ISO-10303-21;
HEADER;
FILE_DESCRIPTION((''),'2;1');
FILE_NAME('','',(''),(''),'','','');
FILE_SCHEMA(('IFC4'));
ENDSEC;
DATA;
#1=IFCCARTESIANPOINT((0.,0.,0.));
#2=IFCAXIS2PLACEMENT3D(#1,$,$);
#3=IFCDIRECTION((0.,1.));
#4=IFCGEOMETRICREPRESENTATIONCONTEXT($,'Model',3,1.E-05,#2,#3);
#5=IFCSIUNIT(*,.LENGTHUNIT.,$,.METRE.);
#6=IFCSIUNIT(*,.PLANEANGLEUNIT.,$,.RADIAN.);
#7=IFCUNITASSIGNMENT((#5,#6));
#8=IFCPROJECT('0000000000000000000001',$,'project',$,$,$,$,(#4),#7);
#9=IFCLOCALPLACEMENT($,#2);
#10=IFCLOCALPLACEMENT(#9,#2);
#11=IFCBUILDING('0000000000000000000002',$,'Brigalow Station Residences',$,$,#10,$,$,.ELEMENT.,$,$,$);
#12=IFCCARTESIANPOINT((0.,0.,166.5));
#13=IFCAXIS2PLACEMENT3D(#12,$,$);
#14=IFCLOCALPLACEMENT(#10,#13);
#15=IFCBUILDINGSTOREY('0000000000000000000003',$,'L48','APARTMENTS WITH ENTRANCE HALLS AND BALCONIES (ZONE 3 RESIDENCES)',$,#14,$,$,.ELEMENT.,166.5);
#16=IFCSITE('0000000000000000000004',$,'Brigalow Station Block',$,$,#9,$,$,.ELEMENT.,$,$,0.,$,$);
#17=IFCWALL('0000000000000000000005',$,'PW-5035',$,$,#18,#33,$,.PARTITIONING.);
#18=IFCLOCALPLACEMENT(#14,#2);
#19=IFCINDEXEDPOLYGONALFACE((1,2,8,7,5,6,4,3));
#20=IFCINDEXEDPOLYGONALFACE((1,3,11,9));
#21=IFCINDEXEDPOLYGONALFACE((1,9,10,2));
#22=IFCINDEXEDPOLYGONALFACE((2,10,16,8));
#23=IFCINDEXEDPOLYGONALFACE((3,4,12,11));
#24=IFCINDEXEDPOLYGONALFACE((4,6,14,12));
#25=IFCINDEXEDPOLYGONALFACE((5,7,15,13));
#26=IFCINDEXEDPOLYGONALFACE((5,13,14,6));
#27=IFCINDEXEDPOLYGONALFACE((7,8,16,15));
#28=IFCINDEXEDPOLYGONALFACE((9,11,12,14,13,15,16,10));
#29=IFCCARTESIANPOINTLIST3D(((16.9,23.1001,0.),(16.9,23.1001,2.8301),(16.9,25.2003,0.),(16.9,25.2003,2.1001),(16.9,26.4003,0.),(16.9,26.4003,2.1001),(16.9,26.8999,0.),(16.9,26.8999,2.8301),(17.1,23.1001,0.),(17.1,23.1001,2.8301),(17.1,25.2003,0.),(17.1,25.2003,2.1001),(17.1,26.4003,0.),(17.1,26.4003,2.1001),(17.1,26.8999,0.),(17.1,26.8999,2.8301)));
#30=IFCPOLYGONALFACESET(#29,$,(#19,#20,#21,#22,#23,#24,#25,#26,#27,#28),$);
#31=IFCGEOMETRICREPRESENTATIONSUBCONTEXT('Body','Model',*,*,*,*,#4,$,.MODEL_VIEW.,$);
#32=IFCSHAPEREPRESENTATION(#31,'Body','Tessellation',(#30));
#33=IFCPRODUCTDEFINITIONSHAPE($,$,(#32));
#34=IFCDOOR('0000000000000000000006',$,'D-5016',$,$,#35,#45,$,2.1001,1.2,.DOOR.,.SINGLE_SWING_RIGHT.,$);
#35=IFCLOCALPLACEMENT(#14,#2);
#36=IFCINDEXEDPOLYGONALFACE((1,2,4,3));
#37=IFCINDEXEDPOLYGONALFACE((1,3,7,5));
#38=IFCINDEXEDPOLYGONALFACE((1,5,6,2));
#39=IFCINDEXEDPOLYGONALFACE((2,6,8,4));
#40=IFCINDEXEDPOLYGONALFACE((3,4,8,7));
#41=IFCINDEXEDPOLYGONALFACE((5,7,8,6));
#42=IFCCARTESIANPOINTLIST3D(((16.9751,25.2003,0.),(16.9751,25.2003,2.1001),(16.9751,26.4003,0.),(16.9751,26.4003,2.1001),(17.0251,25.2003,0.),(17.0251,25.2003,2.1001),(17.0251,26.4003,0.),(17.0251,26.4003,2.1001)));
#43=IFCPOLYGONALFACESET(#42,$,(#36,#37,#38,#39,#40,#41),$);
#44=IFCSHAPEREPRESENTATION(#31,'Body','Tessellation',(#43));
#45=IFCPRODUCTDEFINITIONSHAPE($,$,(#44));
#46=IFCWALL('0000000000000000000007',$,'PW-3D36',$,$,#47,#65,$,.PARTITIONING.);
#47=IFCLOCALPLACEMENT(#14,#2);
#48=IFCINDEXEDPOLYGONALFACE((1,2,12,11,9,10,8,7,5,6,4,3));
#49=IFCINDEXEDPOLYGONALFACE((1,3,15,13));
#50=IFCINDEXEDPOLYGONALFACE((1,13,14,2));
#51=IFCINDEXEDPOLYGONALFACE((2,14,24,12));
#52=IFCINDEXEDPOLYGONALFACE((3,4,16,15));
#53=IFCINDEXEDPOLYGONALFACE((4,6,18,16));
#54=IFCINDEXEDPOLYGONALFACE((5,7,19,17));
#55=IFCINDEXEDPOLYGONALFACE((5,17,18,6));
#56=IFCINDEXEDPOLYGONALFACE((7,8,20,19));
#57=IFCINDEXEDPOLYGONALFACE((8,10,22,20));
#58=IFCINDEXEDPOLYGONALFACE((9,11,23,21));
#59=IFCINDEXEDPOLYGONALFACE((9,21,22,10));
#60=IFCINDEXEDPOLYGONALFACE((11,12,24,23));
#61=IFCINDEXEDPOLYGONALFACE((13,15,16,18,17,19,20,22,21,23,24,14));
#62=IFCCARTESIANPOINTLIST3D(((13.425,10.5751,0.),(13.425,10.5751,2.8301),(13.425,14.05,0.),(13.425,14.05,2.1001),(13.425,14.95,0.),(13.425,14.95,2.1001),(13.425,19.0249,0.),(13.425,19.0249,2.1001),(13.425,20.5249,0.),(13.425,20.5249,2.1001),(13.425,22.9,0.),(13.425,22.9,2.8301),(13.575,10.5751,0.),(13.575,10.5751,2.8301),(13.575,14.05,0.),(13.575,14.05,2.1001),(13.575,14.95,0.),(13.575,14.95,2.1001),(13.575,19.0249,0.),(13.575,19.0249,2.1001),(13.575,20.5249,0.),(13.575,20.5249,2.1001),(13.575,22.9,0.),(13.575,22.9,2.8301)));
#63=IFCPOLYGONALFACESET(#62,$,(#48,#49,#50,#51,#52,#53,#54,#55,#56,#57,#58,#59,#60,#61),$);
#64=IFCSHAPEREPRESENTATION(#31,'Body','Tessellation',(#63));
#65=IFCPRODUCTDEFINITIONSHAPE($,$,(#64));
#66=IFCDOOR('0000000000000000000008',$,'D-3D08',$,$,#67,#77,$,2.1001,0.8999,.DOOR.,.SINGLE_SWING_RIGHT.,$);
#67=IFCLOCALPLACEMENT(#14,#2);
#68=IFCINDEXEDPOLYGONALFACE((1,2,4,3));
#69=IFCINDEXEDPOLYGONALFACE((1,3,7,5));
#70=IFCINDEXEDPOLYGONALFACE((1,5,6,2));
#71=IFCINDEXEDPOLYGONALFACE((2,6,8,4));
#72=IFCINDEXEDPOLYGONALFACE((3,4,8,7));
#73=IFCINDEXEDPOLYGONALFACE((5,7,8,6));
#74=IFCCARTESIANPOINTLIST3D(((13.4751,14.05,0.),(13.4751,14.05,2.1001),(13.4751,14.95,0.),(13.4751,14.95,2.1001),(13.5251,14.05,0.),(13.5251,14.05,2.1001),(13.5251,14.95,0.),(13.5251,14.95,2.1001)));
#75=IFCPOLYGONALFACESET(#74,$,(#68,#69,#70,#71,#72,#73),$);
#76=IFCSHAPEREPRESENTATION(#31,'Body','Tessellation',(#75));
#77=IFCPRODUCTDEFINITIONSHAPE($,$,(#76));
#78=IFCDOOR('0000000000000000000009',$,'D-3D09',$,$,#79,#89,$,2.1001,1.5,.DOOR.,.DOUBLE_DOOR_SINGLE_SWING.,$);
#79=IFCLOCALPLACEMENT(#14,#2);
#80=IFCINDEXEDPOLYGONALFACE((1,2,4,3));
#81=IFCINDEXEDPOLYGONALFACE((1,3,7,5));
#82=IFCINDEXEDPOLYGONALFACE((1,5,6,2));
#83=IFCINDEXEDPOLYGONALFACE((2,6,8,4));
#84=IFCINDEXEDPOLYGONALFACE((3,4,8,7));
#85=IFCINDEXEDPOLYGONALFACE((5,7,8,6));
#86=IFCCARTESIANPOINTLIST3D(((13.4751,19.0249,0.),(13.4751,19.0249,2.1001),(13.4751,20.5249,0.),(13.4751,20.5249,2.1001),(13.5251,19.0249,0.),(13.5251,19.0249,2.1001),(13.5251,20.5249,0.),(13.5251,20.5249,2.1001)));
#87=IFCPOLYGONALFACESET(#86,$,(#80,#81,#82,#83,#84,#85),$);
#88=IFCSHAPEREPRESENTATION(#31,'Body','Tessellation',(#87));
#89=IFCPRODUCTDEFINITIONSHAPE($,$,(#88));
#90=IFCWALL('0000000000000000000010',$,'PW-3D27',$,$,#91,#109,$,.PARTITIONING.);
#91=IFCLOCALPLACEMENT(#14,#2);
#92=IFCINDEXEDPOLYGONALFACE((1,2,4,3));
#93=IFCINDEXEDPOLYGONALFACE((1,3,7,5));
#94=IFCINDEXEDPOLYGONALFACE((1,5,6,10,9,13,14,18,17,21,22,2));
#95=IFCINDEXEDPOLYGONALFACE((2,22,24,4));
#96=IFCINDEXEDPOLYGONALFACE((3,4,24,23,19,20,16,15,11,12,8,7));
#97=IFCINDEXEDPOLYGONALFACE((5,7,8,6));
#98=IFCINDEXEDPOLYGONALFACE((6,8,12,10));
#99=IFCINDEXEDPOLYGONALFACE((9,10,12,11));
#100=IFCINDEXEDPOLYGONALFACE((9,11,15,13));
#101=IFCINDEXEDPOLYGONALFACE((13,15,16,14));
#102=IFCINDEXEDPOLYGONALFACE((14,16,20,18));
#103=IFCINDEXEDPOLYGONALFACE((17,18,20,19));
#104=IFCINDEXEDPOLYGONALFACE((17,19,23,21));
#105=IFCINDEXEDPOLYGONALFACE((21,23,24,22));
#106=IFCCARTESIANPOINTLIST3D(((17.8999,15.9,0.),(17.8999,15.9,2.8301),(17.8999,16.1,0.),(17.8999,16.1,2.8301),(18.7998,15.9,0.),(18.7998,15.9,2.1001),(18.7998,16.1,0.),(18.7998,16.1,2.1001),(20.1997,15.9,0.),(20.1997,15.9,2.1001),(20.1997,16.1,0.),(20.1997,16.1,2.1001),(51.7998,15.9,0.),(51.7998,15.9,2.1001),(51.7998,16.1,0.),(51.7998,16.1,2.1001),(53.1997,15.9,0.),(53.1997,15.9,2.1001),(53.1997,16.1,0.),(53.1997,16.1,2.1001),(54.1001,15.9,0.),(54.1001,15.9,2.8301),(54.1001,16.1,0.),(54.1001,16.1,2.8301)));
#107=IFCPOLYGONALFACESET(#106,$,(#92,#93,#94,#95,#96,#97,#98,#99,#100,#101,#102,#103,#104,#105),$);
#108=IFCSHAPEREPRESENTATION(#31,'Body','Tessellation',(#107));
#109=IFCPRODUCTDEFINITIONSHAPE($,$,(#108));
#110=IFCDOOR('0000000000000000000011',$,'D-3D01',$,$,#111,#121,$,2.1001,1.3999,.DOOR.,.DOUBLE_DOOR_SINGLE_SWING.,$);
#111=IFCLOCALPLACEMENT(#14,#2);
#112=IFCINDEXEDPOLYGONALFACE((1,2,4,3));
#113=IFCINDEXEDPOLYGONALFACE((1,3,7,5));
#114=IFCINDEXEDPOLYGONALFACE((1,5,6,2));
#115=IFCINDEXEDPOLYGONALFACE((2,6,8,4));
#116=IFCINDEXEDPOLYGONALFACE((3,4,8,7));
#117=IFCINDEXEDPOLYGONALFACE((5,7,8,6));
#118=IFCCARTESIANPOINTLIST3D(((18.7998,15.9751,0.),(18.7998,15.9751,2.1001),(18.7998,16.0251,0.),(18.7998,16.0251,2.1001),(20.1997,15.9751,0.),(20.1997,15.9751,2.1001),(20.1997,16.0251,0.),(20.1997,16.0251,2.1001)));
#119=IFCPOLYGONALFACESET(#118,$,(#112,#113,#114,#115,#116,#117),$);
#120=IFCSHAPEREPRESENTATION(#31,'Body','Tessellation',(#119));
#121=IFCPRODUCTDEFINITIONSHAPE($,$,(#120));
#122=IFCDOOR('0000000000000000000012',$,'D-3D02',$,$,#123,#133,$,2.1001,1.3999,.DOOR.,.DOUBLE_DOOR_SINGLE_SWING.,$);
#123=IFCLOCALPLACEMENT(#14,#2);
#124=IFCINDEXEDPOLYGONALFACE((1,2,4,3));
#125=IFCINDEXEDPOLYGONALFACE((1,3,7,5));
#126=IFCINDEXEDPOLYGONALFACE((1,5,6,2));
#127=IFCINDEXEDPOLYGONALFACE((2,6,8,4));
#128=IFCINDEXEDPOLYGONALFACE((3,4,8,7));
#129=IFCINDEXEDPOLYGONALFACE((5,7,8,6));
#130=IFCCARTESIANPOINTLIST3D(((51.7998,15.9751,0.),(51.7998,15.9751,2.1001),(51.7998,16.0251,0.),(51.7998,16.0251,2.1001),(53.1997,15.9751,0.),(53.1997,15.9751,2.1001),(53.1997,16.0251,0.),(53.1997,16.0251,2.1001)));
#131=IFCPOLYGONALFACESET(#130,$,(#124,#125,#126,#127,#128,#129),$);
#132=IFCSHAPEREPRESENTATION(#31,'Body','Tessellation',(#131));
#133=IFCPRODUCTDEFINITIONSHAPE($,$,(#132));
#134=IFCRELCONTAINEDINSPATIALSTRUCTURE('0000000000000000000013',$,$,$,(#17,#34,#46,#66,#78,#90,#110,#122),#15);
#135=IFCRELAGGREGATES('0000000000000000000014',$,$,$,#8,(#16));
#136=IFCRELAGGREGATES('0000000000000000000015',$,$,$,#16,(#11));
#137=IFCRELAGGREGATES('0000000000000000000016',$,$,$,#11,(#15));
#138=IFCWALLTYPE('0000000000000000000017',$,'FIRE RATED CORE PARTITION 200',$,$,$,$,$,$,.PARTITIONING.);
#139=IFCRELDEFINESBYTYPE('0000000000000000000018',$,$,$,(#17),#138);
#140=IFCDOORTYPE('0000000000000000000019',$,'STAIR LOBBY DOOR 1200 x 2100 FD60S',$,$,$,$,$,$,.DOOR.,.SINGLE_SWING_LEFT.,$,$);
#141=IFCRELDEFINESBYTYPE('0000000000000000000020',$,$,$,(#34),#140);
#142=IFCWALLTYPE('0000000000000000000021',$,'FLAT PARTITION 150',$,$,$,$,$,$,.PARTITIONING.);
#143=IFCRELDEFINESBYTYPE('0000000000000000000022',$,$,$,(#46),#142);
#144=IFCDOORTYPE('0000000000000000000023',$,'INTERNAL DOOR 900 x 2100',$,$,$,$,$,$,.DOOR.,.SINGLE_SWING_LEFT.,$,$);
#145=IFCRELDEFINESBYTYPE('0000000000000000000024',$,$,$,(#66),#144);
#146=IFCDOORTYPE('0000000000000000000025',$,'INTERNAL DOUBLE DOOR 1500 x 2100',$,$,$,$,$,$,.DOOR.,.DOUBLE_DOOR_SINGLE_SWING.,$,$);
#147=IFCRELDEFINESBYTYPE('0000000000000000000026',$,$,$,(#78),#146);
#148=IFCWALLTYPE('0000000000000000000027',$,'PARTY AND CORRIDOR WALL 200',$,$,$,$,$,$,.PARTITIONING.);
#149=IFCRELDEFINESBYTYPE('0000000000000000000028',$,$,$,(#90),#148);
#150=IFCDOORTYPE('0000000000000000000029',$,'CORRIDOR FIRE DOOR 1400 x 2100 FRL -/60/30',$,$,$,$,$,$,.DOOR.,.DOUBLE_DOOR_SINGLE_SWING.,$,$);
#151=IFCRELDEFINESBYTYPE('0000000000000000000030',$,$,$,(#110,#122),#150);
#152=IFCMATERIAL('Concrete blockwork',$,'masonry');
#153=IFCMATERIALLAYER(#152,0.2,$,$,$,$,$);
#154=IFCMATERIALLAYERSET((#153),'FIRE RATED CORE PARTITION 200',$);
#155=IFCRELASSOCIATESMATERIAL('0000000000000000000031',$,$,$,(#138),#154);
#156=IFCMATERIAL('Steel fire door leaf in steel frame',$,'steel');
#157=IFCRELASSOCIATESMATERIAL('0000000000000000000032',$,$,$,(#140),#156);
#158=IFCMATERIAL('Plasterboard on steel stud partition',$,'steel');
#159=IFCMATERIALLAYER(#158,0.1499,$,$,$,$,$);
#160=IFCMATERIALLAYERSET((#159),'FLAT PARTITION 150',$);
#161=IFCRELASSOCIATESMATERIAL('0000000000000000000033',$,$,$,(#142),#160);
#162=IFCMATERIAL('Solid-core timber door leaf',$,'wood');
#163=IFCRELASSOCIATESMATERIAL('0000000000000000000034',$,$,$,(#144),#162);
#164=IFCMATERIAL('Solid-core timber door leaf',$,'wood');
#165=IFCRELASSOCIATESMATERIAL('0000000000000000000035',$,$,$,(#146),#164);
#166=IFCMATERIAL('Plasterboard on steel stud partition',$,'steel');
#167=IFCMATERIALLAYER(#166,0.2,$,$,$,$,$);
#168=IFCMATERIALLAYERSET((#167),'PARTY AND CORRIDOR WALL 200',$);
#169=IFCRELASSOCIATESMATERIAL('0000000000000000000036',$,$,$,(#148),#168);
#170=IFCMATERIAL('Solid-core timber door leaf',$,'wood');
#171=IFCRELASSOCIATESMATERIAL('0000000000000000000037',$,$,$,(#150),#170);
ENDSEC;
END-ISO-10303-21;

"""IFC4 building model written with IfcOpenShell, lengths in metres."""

from ifc_helpers import new_model, si_unit, direction, frame, frame_2d, origin, place, context, subcontext, project, spatial, rectangle, extrude, material, layer, layer_set, type_object, element, fill, save


model = new_model("IFC4")

# Units and contexts
model_context = context("Model", 3, precision=1e-05, world=origin(), true_north=direction((0.0, 1.0)))
body_context = subcontext(model_context, "Body", "Model", "MODEL_VIEW")
ifc_project = project(units=[si_unit("LENGTHUNIT", "METRE"), si_unit("PLANEANGLEUNIT", "RADIAN")], contexts=[model_context])

# Site, building, storey
site_placement = place(None, origin())
site = spatial("IfcSite", under=ifc_project, at=site_placement, Name="Brigalow Station Block", CompositionType="ELEMENT", RefElevation=0.0)
building_placement = place(site_placement, origin())
building = spatial("IfcBuilding", under=site, at=building_placement, Name="Brigalow Station Residences", CompositionType="ELEMENT")
storey_placement = place(building_placement, frame((0.0, 0.0, 166.5)))
storey = spatial("IfcBuildingStorey", under=building, at=storey_placement, Name="L48", Description="APARTMENTS WITH ENTRANCE HALLS AND BALCONIES (ZONE 3 RESIDENCES)", CompositionType="ELEMENT", Elevation=166.5)

# Shared definitions
ifc_material_1 = material(Name="Concrete blockwork", Category="masonry")
ifc_layer_1 = layer(ifc_material_1, 0.2)
ifc_layer_set_1 = layer_set([ifc_layer_1], Name="FIRE RATED CORE PARTITION 200")
wall_type_1 = type_object("IfcWallType", Name="FIRE RATED CORE PARTITION 200", PredefinedType="PARTITIONING", material=ifc_layer_set_1)

# Wall, opening, door
wall_1_placement = place(storey_placement, frame((17.0, 23.1001, 0.0), z_axis=(0.0, 0.0, 1.0), x_axis=(0.0, 1.0, 0.0)))
wall_1 = element("IfcWall", 1, at=wall_1_placement, inside=storey, type_object=wall_type_1, Name="PW-5035", PredefinedType="PARTITIONING", context=body_context, shape_type="SweptSolid", body=[
    extrude(rectangle(XDim=3.7998, YDim=0.2, at=frame_2d((1.8999, 0.0))), origin(), (0.0, 0.0, 1.0), 2.8301),
])
opening_1_placement = place(wall_1_placement, frame((2.1001, 0.0, 0.0)))
opening_1 = element("IfcOpeningElement", 2, at=opening_1_placement, cuts=wall_1, PredefinedType="OPENING", context=body_context, shape_type="SweptSolid", body=[
    extrude(rectangle(XDim=1.2, YDim=2.1001, at=frame_2d((0.6001, 1.05))), frame((0.0, 0.1099, 0.0), z_axis=(0.0, -1.0, 0.0), x_axis=(1.0, 0.0, 0.0)), (0.0, 0.0, 1.0), 0.22),
])
ifc_material_2 = material(Name="Steel fire door leaf in steel frame", Category="steel")
door_type_1 = type_object("IfcDoorType", Name="STAIR LOBBY DOOR 1200 x 2100 FD60S", OperationType="SINGLE_SWING_LEFT", PredefinedType="DOOR", material=ifc_material_2)
door_1_placement = place(opening_1_placement, origin())
door_1 = element("IfcDoor", 3, at=door_1_placement, inside=storey, type_object=door_type_1, Name="D-5016", OperationType="SINGLE_SWING_RIGHT", OverallHeight=2.1001, OverallWidth=1.2, PredefinedType="DOOR", context=body_context, shape_type="SweptSolid", body=[
    extrude(rectangle(XDim=1.2, YDim=2.1001, at=frame_2d((0.6001, 1.05))), frame((0.0, 0.0249, 0.0), z_axis=(0.0, -1.0, 0.0), x_axis=(1.0, 0.0, 0.0)), (0.0, 0.0, 1.0), 0.05),
])
fill(opening_1, door_1)

# Walls, openings, doors
ifc_material_3 = material(Name="Plasterboard on steel stud partition", Category="steel")
ifc_layer_2 = layer(ifc_material_3, 0.1499)
ifc_layer_set_2 = layer_set([ifc_layer_2], Name="FLAT PARTITION 150")
wall_type_2 = type_object("IfcWallType", Name="FLAT PARTITION 150", PredefinedType="PARTITIONING", material=ifc_layer_set_2)
wall_2_placement = place(storey_placement, frame((13.5, 10.575, 0.0), z_axis=(0.0, 0.0, 1.0), x_axis=(0.0, 1.0, 0.0)))
wall_2 = element("IfcWall", 4, at=wall_2_placement, inside=storey, type_object=wall_type_2, Name="PW-3D36", PredefinedType="PARTITIONING", context=body_context, shape_type="SweptSolid", body=[
    extrude(rectangle(XDim=12.325, YDim=0.1499, at=frame_2d((6.1626, 0.0))), origin(), (0.0, 0.0, 1.0), 2.8301),
])
opening_2_placement = place(wall_2_placement, frame((3.4751, 0.0, 0.0)))
opening_2 = element("IfcOpeningElement", 5, at=opening_2_placement, cuts=wall_2, PredefinedType="OPENING", context=body_context, shape_type="SweptSolid", body=[
    extrude(rectangle(XDim=0.8999, YDim=2.1001, at=frame_2d((0.45, 1.05))), frame((0.0, 0.085, 0.0), z_axis=(0.0, -1.0, 0.0), x_axis=(1.0, 0.0, 0.0)), (0.0, 0.0, 1.0), 0.1699),
])
opening_3_placement = place(wall_2_placement, frame((8.45, 0.0, 0.0)))
opening_3 = element("IfcOpeningElement", 6, at=opening_3_placement, cuts=wall_2, PredefinedType="OPENING", context=body_context, shape_type="SweptSolid", body=[
    extrude(rectangle(XDim=1.5, YDim=2.1001, at=frame_2d((0.75, 1.05))), frame((0.0, 0.085, 0.0), z_axis=(0.0, -1.0, 0.0), x_axis=(1.0, 0.0, 0.0)), (0.0, 0.0, 1.0), 0.1699),
])
ifc_material_4 = material(Name="Solid-core timber door leaf", Category="wood")
door_type_2 = type_object("IfcDoorType", Name="INTERNAL DOOR 900 x 2100", OperationType="SINGLE_SWING_LEFT", PredefinedType="DOOR", material=ifc_material_4)
door_2_placement = place(opening_2_placement, origin())
door_2 = element("IfcDoor", 7, at=door_2_placement, inside=storey, type_object=door_type_2, Name="D-3D08", OperationType="SINGLE_SWING_RIGHT", OverallHeight=2.1001, OverallWidth=0.8999, PredefinedType="DOOR", context=body_context, shape_type="SweptSolid", body=[
    extrude(rectangle(XDim=0.8999, YDim=2.1001, at=frame_2d((0.45, 1.05))), frame((0.0, 0.0249, 0.0), z_axis=(0.0, -1.0, 0.0), x_axis=(1.0, 0.0, 0.0)), (0.0, 0.0, 1.0), 0.05),
])
fill(opening_2, door_2)
ifc_material_5 = material(Name="Solid-core timber door leaf", Category="wood")
door_type_3 = type_object("IfcDoorType", Name="INTERNAL DOUBLE DOOR 1500 x 2100", OperationType="DOUBLE_DOOR_SINGLE_SWING", PredefinedType="DOOR", material=ifc_material_5)
door_3_placement = place(opening_3_placement, origin())
door_3 = element("IfcDoor", 8, at=door_3_placement, inside=storey, type_object=door_type_3, Name="D-3D09", OperationType="DOUBLE_DOOR_SINGLE_SWING", OverallHeight=2.1001, OverallWidth=1.5, PredefinedType="DOOR", context=body_context, shape_type="SweptSolid", body=[
    extrude(rectangle(XDim=1.5, YDim=2.1001, at=frame_2d((0.75, 1.05))), frame((0.0, 0.0249, 0.0), z_axis=(0.0, -1.0, 0.0), x_axis=(1.0, 0.0, 0.0)), (0.0, 0.0, 1.0), 0.05),
])
fill(opening_3, door_3)
ifc_material_6 = material(Name="Plasterboard on steel stud partition", Category="steel")
ifc_layer_3 = layer(ifc_material_6, 0.2)
ifc_layer_set_3 = layer_set([ifc_layer_3], Name="PARTY AND CORRIDOR WALL 200")
wall_type_3 = type_object("IfcWallType", Name="PARTY AND CORRIDOR WALL 200", PredefinedType="PARTITIONING", material=ifc_layer_set_3)
wall_3_placement = place(storey_placement, frame((17.8999, 16.0, 0.0), z_axis=(0.0, 0.0, 1.0), x_axis=(1.0, 0.0, 0.0)))
wall_3 = element("IfcWall", 9, at=wall_3_placement, inside=storey, type_object=wall_type_3, Name="PW-3D27", PredefinedType="PARTITIONING", context=body_context, shape_type="SweptSolid", body=[
    extrude(rectangle(XDim=36.2002, YDim=0.2, at=frame_2d((18.1001, 0.0))), origin(), (0.0, 0.0, 1.0), 2.8301),
])
opening_4_placement = place(wall_3_placement, frame((0.8999, 0.0, 0.0)))
opening_4 = element("IfcOpeningElement", 10, at=opening_4_placement, cuts=wall_3, PredefinedType="OPENING", context=body_context, shape_type="SweptSolid", body=[
    extrude(rectangle(XDim=1.3999, YDim=2.1001, at=frame_2d((0.7, 1.05))), frame((0.0, 0.1099, 0.0), z_axis=(0.0, -1.0, 0.0), x_axis=(1.0, 0.0, 0.0)), (0.0, 0.0, 1.0), 0.22),
])
opening_5_placement = place(wall_3_placement, frame((33.8999, 0.0, 0.0)))
opening_5 = element("IfcOpeningElement", 11, at=opening_5_placement, cuts=wall_3, PredefinedType="OPENING", context=body_context, shape_type="SweptSolid", body=[
    extrude(rectangle(XDim=1.3999, YDim=2.1001, at=frame_2d((0.7, 1.05))), frame((0.0, 0.1099, 0.0), z_axis=(0.0, -1.0, 0.0), x_axis=(1.0, 0.0, 0.0)), (0.0, 0.0, 1.0), 0.22),
])
ifc_material_7 = material(Name="Solid-core timber door leaf", Category="wood")
door_type_4 = type_object("IfcDoorType", Name="CORRIDOR FIRE DOOR 1400 x 2100 FRL -/60/30", OperationType="DOUBLE_DOOR_SINGLE_SWING", PredefinedType="DOOR", material=ifc_material_7)
door_4_placement = place(opening_4_placement, frame((1.3999, 0.0, 0.0), z_axis=(0.0, 0.0, 1.0), x_axis=(-1.0, 0.0, 0.0)))
door_4 = element("IfcDoor", 12, at=door_4_placement, inside=storey, type_object=door_type_4, Name="D-3D01", OperationType="DOUBLE_DOOR_SINGLE_SWING", OverallHeight=2.1001, OverallWidth=1.3999, PredefinedType="DOOR", context=body_context, shape_type="SweptSolid", body=[
    extrude(rectangle(XDim=1.3999, YDim=2.1001, at=frame_2d((0.7, 1.05))), frame((0.0, 0.0249, 0.0), z_axis=(0.0, -1.0, 0.0), x_axis=(1.0, 0.0, 0.0)), (0.0, 0.0, 1.0), 0.05),
])
fill(opening_4, door_4)
door_5_placement = place(opening_5_placement, frame((1.3999, 0.0, 0.0), z_axis=(0.0, 0.0, 1.0), x_axis=(-1.0, 0.0, 0.0)))
door_5 = element("IfcDoor", 13, at=door_5_placement, inside=storey, type_object=door_type_4, Name="D-3D02", OperationType="DOUBLE_DOOR_SINGLE_SWING", OverallHeight=2.1001, OverallWidth=1.3999, PredefinedType="DOOR", context=body_context, shape_type="SweptSolid", body=[
    extrude(rectangle(XDim=1.3999, YDim=2.1001, at=frame_2d((0.7, 1.05))), frame((0.0, 0.0249, 0.0), z_axis=(0.0, -1.0, 0.0), x_axis=(1.0, 0.0, 0.0)), (0.0, 0.0, 1.0), 0.05),
])
fill(opening_5, door_5)

save(model, "model.ifc")
